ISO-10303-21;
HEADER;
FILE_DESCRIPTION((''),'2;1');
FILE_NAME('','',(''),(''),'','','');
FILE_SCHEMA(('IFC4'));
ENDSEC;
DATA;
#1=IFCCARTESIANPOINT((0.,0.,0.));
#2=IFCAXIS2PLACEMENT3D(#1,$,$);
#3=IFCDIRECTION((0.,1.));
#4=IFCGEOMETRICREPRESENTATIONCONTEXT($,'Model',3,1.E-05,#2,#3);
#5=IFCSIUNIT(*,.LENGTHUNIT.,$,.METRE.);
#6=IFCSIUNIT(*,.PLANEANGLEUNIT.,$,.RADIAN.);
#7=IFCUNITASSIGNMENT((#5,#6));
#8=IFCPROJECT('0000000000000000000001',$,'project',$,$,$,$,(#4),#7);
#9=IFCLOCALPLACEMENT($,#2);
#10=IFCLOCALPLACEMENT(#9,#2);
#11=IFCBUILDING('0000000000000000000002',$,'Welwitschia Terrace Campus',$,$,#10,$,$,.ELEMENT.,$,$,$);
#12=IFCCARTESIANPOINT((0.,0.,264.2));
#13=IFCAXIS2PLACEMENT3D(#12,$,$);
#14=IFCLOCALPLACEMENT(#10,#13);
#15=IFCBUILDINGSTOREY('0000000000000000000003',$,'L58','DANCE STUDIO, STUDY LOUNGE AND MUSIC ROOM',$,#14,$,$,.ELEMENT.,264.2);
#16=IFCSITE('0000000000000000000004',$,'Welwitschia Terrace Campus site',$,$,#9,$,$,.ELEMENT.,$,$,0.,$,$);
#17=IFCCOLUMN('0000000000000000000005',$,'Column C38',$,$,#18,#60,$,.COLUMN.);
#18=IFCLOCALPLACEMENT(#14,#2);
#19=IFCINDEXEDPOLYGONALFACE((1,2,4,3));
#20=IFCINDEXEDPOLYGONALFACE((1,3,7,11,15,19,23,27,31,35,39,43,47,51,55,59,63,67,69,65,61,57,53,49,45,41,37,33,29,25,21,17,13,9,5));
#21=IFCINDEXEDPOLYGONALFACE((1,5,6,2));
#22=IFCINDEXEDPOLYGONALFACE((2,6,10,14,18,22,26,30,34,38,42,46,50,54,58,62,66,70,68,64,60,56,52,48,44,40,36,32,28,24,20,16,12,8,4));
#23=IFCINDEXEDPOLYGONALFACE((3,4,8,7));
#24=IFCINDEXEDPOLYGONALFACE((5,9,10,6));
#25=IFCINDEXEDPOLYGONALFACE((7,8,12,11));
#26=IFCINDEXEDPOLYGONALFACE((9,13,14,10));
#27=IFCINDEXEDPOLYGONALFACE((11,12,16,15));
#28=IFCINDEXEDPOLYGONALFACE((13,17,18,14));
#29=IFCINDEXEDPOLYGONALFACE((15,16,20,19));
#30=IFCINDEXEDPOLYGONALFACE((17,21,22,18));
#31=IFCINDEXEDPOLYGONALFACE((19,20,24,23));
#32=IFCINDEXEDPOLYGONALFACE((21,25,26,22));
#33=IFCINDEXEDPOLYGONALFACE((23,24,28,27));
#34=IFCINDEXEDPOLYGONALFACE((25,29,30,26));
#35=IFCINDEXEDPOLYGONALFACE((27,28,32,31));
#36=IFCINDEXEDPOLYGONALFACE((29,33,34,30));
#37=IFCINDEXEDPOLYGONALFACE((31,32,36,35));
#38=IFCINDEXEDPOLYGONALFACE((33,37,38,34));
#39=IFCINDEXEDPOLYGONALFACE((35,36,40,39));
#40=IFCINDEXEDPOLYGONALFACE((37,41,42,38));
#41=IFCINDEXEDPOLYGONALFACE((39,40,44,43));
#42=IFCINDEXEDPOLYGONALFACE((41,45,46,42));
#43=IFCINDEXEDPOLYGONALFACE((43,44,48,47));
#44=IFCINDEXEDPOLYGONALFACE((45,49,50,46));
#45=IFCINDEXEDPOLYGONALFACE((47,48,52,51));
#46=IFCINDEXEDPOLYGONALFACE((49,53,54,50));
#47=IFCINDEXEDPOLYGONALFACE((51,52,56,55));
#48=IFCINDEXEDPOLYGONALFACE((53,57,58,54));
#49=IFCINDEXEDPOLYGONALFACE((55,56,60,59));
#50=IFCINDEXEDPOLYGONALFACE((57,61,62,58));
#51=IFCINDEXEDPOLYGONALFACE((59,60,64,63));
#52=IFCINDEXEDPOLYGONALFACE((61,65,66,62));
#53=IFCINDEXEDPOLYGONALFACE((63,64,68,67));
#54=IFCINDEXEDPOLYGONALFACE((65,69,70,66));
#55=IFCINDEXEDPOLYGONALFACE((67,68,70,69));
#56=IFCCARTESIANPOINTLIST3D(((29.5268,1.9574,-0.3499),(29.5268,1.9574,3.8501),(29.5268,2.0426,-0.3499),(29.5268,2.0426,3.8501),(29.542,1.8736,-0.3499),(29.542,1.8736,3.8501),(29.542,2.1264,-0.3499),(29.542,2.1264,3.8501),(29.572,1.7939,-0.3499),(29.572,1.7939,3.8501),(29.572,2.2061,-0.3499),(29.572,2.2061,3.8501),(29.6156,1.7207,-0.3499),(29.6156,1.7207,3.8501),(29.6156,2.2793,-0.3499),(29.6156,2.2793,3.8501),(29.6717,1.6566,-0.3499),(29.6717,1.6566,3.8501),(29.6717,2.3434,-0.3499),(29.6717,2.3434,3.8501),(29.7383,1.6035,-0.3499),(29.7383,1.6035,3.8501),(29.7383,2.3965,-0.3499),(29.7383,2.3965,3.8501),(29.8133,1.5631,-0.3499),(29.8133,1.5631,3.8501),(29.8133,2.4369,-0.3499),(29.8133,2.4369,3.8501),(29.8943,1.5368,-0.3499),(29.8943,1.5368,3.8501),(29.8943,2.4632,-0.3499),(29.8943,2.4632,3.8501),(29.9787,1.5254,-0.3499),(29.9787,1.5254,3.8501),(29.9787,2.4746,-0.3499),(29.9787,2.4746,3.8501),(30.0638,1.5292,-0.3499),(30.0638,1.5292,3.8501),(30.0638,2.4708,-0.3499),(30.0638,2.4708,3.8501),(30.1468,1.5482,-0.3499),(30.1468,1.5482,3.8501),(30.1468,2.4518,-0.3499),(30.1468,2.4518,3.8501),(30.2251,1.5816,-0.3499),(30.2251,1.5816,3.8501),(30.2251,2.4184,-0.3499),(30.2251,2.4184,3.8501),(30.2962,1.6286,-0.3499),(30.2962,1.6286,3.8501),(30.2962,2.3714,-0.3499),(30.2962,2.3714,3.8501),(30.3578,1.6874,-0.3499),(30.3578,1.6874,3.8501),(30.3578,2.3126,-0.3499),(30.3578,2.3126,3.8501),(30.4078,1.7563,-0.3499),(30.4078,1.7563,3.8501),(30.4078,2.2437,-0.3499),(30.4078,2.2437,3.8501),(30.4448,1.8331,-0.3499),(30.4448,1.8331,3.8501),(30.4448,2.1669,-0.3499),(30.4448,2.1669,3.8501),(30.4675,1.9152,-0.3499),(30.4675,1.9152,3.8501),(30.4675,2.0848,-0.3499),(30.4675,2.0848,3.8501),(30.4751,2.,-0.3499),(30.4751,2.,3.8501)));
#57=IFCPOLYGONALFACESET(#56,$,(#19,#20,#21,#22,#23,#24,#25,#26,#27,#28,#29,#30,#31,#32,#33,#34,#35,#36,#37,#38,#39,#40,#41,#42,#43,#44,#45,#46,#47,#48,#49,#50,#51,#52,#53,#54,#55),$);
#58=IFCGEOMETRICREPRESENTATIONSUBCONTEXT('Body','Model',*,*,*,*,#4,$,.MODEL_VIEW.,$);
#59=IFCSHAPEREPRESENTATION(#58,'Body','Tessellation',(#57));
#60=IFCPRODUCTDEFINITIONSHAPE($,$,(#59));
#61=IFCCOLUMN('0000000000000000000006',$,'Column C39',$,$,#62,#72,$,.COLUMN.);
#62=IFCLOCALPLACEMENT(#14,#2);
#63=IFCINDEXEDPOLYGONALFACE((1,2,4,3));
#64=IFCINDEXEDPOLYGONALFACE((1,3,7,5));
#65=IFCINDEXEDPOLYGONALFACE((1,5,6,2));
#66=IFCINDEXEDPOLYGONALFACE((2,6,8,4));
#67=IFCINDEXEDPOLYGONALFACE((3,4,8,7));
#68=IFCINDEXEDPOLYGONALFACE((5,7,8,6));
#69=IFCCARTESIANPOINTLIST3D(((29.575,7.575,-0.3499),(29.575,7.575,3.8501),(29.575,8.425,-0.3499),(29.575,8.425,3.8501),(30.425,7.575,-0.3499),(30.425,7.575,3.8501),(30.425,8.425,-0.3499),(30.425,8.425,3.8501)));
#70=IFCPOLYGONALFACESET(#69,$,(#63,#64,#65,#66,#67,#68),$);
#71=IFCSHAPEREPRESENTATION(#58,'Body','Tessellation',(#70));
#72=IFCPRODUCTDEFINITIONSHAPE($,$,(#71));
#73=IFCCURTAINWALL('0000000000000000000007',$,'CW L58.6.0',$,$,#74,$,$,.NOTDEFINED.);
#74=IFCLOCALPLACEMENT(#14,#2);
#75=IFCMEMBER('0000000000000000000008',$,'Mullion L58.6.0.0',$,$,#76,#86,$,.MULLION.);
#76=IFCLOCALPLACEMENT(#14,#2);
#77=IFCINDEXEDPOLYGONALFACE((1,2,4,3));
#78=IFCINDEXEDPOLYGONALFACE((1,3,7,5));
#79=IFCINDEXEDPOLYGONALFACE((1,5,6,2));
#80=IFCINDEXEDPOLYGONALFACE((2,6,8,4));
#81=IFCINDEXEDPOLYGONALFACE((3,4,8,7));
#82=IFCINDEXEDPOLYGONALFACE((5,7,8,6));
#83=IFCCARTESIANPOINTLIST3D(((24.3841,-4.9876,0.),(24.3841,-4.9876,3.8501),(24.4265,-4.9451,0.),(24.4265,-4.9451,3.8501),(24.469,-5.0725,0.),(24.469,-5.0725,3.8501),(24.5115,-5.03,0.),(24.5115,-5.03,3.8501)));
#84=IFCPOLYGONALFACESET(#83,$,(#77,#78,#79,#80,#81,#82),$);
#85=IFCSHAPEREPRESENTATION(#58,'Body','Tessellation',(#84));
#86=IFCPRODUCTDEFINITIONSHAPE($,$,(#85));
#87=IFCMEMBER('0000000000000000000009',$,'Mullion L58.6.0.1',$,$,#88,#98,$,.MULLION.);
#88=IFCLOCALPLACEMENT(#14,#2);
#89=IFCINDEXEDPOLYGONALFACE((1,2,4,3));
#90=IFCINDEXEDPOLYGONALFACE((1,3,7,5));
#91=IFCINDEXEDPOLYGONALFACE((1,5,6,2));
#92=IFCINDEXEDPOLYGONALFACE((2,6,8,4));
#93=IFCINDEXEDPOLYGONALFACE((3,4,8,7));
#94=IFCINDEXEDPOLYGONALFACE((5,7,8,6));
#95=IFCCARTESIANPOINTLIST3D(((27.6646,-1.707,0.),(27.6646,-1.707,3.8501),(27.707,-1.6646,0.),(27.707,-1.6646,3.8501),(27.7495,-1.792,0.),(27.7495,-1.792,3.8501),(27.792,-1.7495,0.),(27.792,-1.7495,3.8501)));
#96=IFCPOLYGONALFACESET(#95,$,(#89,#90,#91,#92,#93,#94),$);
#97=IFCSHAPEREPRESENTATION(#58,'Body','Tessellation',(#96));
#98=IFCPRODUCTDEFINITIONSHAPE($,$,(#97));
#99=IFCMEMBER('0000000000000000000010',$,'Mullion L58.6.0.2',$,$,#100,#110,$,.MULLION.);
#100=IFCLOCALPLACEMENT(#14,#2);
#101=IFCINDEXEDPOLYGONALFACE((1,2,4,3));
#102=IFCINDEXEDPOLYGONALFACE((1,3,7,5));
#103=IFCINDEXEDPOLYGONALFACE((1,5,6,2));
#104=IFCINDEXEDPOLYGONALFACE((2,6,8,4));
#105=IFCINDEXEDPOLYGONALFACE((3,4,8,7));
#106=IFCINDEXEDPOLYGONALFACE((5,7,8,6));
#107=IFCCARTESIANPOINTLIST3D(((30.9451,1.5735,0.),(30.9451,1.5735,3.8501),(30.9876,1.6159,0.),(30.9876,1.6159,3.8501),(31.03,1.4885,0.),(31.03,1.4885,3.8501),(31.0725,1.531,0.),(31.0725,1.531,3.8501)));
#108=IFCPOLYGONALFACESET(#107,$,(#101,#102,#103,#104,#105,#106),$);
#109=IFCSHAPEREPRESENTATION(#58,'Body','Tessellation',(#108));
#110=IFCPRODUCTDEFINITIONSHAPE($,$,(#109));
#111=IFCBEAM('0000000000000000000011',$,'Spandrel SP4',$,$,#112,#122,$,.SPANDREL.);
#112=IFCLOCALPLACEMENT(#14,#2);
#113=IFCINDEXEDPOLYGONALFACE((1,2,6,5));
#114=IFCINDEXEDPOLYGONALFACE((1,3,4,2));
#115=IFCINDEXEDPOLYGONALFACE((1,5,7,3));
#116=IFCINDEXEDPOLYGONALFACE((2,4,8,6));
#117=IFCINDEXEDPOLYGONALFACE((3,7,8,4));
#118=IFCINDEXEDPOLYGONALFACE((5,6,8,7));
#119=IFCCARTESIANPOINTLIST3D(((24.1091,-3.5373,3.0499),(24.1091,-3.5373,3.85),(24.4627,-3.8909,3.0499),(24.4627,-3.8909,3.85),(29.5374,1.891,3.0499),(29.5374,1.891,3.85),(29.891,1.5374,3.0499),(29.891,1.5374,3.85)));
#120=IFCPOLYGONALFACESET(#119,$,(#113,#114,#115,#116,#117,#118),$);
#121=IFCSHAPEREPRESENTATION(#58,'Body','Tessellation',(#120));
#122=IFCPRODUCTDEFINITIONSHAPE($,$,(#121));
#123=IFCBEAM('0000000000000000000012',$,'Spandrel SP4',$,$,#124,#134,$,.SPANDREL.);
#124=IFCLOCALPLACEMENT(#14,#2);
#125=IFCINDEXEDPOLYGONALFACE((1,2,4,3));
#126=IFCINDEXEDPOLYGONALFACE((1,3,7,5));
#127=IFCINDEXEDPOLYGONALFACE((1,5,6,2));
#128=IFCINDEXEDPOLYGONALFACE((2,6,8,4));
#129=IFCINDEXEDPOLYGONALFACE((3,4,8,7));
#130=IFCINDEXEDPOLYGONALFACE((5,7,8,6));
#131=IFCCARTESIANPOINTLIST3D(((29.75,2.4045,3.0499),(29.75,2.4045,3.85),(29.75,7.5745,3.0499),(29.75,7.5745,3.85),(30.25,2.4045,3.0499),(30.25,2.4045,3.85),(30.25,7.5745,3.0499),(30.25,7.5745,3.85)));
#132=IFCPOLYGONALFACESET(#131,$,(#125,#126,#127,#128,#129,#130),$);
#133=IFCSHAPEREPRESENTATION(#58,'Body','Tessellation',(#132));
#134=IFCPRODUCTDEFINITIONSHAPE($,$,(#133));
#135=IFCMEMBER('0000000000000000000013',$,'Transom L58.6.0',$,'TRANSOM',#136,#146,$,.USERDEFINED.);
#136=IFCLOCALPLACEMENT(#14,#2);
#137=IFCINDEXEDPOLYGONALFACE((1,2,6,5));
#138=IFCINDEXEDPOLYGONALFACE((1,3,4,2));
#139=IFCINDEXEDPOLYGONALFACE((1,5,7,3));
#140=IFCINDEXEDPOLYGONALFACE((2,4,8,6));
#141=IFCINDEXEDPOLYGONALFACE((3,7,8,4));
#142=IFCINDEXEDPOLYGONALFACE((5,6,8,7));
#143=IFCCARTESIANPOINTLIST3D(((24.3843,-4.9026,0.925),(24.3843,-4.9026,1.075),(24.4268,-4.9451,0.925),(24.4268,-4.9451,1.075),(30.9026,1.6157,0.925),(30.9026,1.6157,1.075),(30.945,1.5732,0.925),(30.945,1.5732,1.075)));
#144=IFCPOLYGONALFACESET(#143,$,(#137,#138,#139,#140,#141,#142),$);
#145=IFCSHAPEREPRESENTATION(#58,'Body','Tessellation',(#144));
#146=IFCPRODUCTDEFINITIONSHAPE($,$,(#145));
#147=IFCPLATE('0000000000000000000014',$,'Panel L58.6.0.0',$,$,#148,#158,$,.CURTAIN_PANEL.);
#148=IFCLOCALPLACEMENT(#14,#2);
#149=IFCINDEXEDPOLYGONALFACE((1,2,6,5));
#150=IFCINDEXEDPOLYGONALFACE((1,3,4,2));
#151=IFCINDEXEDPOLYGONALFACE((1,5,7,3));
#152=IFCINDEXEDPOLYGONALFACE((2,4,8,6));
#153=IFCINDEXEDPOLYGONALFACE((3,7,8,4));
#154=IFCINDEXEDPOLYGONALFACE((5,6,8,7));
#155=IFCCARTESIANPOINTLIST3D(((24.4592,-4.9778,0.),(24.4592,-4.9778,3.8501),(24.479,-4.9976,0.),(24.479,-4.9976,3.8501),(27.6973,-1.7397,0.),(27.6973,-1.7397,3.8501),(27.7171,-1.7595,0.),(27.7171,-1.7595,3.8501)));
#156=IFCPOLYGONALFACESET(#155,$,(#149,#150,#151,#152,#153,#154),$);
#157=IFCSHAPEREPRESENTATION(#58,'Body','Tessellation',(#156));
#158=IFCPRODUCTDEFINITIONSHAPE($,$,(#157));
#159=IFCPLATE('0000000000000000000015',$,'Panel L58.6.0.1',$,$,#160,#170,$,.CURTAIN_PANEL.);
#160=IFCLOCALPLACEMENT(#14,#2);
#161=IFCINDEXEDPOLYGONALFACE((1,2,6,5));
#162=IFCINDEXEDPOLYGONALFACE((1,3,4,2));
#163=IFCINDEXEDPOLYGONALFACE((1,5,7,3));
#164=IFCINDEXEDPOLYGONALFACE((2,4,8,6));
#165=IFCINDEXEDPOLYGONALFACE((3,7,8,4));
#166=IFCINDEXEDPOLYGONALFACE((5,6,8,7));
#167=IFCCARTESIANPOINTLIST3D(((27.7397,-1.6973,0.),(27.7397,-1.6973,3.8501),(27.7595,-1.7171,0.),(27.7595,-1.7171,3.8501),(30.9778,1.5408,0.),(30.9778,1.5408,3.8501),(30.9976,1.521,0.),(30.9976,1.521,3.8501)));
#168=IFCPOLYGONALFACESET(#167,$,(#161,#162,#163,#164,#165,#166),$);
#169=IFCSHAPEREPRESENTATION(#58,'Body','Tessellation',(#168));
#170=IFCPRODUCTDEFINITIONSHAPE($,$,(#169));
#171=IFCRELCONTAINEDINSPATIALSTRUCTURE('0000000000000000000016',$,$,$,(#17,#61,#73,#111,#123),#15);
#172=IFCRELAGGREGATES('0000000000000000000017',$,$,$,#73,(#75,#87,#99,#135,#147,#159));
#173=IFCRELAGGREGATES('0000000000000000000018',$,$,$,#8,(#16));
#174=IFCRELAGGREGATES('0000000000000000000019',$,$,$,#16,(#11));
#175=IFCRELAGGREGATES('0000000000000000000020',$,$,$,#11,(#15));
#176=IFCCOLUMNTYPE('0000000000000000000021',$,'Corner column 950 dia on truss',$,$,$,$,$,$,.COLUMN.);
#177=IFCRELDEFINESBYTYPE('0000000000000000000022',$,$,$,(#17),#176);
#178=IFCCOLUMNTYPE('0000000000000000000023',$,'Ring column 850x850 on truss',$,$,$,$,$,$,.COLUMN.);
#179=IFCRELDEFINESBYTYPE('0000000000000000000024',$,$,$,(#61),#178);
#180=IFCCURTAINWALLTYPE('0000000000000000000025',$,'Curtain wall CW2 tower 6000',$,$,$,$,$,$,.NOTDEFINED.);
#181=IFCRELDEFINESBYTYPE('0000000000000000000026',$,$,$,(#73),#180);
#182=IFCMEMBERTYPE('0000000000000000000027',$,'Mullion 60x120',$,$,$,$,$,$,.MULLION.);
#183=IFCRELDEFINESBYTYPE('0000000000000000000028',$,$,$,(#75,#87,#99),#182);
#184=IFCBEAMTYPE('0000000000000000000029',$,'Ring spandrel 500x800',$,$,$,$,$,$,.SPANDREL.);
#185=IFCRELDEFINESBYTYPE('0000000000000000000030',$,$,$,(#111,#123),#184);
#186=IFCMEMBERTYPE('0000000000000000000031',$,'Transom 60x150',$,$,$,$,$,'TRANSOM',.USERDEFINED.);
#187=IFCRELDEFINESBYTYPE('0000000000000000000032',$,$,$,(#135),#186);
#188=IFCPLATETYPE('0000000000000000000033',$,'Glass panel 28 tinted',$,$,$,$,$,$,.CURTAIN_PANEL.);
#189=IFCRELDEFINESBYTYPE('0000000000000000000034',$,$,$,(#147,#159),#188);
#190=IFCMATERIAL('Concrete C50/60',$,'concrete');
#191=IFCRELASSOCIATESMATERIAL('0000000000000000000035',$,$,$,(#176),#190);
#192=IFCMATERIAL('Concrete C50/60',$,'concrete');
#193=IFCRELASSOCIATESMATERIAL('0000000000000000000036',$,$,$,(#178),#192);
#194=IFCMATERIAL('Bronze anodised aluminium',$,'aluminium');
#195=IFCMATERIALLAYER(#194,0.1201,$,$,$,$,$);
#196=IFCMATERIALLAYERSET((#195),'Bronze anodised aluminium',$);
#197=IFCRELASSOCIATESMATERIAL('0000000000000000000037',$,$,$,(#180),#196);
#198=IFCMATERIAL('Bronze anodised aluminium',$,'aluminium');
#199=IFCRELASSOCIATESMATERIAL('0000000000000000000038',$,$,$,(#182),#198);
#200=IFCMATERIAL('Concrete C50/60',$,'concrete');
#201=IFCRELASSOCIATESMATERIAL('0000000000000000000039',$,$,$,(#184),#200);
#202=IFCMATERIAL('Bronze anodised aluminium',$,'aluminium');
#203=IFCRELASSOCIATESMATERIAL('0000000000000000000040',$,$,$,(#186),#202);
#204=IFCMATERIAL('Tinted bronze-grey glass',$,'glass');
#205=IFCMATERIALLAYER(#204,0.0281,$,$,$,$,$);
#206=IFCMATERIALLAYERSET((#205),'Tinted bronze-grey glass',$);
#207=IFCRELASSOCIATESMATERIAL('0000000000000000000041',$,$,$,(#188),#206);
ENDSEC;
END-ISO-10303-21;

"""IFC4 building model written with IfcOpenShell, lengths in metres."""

from ifc_helpers import new_model, si_unit, direction, frame, origin, origin_2d, place, context, subcontext, project, spatial, rectangle, circle, extrude, material, layer, layer_set, material_profile, profile_set, type_object, element, aggregate, save


model = new_model("IFC4")

# Units and contexts
model_context = context("Model", 3, precision=1e-05, world=origin(), true_north=direction((0.0, 1.0)))
body_context = subcontext(model_context, "Body", "Model", "MODEL_VIEW")
ifc_project = project(units=[si_unit("LENGTHUNIT", "METRE"), si_unit("PLANEANGLEUNIT", "RADIAN")], contexts=[model_context])

# Site, building, storey
site_placement = place(None, origin())
site = spatial("IfcSite", under=ifc_project, at=site_placement, Name="Welwitschia Terrace Campus site", CompositionType="ELEMENT", RefElevation=0.0)
building_placement = place(site_placement, origin())
building = spatial("IfcBuilding", under=site, at=building_placement, Name="Welwitschia Terrace Campus", CompositionType="ELEMENT")
storey_placement = place(building_placement, frame((0.0, 0.0, 264.2)))
storey = spatial("IfcBuildingStorey", under=building, at=storey_placement, Name="L58", Description="DANCE STUDIO, STUDY LOUNGE AND MUSIC ROOM", CompositionType="ELEMENT", Elevation=264.2)

# Columns
ifc_material_1 = material(Name="Concrete C50/60", Category="concrete")
ifc_material_profile_1 = material_profile(ifc_material_1, circle(Radius=0.4751, at=origin_2d()))
ifc_profile_set_1 = profile_set([ifc_material_profile_1], Name="Concrete C50/60")
column_type_1 = type_object("IfcColumnType", Name="Corner column 950 dia on truss", PredefinedType="COLUMN", material=ifc_profile_set_1)
column_1_placement = place(storey_placement, frame((30.0, 2.0, -0.3499), z_axis=(0.0, 0.0, 1.0), x_axis=(1.0, 0.0, 0.0)))
element("IfcColumn", 1, at=column_1_placement, inside=storey, type_object=column_type_1, Name="Column C38", PredefinedType="COLUMN", context=body_context, shape_type="SweptSolid", body=[
    extrude(circle(Radius=0.4751, at=origin_2d()), origin(), (0.0, 0.0, 1.0), 4.2),
])
ifc_material_2 = material(Name="Concrete C50/60", Category="concrete")
ifc_material_profile_2 = material_profile(ifc_material_2, rectangle(XDim=0.8501, YDim=0.8501, at=origin_2d()))
ifc_profile_set_2 = profile_set([ifc_material_profile_2], Name="Concrete C50/60")
column_type_2 = type_object("IfcColumnType", Name="Ring column 850x850 on truss", PredefinedType="COLUMN", material=ifc_profile_set_2)
column_2_placement = place(storey_placement, frame((30.0, 8.0, -0.3499), z_axis=(0.0, 0.0, 1.0), x_axis=(1.0, 0.0, 0.0)))
element("IfcColumn", 2, at=column_2_placement, inside=storey, type_object=column_type_2, Name="Column C39", PredefinedType="COLUMN", context=body_context, shape_type="SweptSolid", body=[
    extrude(rectangle(XDim=0.8501, YDim=0.8501, at=origin_2d()), origin(), (0.0, 0.0, 1.0), 4.2),
])

# Curtain wall, members
ifc_material_3 = material(Name="Bronze anodised aluminium", Category="aluminium")
ifc_layer_1 = layer(ifc_material_3, 0.1201)
ifc_layer_set_1 = layer_set([ifc_layer_1], Name="Bronze anodised aluminium")
curtain_wall_type = type_object("IfcCurtainWallType", Name="Curtain wall CW2 tower 6000", PredefinedType="NOTDEFINED", material=ifc_layer_set_1)
curtain_wall_placement = place(storey_placement, origin())
curtain_wall = element("IfcCurtainWall", 3, at=curtain_wall_placement, inside=storey, type_object=curtain_wall_type, Name="CW L58.6.0", PredefinedType="NOTDEFINED")
ifc_material_4 = material(Name="Bronze anodised aluminium", Category="aluminium")
ifc_material_profile_3 = material_profile(ifc_material_4, rectangle(XDim=0.1201, YDim=0.0601, at=origin_2d()))
ifc_profile_set_3 = profile_set([ifc_material_profile_3], Name="Bronze anodised aluminium")
member_type_1 = type_object("IfcMemberType", Name="Mullion 60x120", PredefinedType="MULLION", material=ifc_profile_set_3)
member_1_placement = place(storey_placement, frame((24.4478, -5.0088, 0.0), z_axis=(0.0, 0.0, 1.0), x_axis=(-0.707107, 0.707107, 0.0)))
member_1 = element("IfcMember", 4, at=member_1_placement, type_object=member_type_1, Name="Mullion L58.6.0.0", PredefinedType="MULLION", context=body_context, shape_type="SweptSolid", body=[
    extrude(rectangle(XDim=0.1201, YDim=0.0601, at=origin_2d()), origin(), (0.0, 0.0, 1.0), 3.8501),
])
member_2_placement = place(storey_placement, frame((27.7283, -1.7283, 0.0), z_axis=(0.0, 0.0, 1.0), x_axis=(-0.707107, 0.707107, 0.0)))
member_2 = element("IfcMember", 5, at=member_2_placement, type_object=member_type_1, Name="Mullion L58.6.0.1", PredefinedType="MULLION", context=body_context, shape_type="SweptSolid", body=[
    extrude(rectangle(XDim=0.1201, YDim=0.0601, at=origin_2d()), origin(), (0.0, 0.0, 1.0), 3.8501),
])
member_3_placement = place(storey_placement, frame((31.0088, 1.5522, 0.0), z_axis=(0.0, 0.0, 1.0), x_axis=(-0.707107, 0.707107, 0.0)))
member_3 = element("IfcMember", 6, at=member_3_placement, type_object=member_type_1, Name="Mullion L58.6.0.2", PredefinedType="MULLION", context=body_context, shape_type="SweptSolid", body=[
    extrude(rectangle(XDim=0.1201, YDim=0.0601, at=origin_2d()), origin(), (0.0, 0.0, 1.0), 3.8501),
])

# Beams
ifc_material_5 = material(Name="Concrete C50/60", Category="concrete")
ifc_material_profile_4 = material_profile(ifc_material_5, rectangle(XDim=0.5, YDim=0.8, at=origin_2d()))
ifc_profile_set_4 = profile_set([ifc_material_profile_4], Name="Concrete C50/60")
beam_type = type_object("IfcBeamType", Name="Ring spandrel 500x800", PredefinedType="SPANDREL", material=ifc_profile_set_4)
beam_1_placement = place(storey_placement, frame((24.2859, -3.7141, 3.45), z_axis=(0.707107, 0.707107, 0.0), x_axis=(-0.707107, 0.707107, 0.0)))
element("IfcBeam", 7, at=beam_1_placement, inside=storey, type_object=beam_type, Name="Spandrel SP4", PredefinedType="SPANDREL", context=body_context, shape_type="SweptSolid", body=[
    extrude(rectangle(XDim=0.5, YDim=0.8, at=origin_2d()), origin(), (0.0, 0.0, 1.0), 7.6768),
])
beam_2_placement = place(storey_placement, frame((30.0, 2.4045, 3.45), z_axis=(0.0, 1.0, 0.0), x_axis=(-1.0, 0.0, 0.0)))
element("IfcBeam", 8, at=beam_2_placement, inside=storey, type_object=beam_type, Name="Spandrel SP4", PredefinedType="SPANDREL", context=body_context, shape_type="SweptSolid", body=[
    extrude(rectangle(XDim=0.5, YDim=0.8, at=origin_2d()), origin(), (0.0, 0.0, 1.0), 5.1699),
])

# Member
ifc_material_6 = material(Name="Bronze anodised aluminium", Category="aluminium")
ifc_material_profile_5 = material_profile(ifc_material_6, rectangle(XDim=0.0601, YDim=0.1499, at=origin_2d()))
ifc_profile_set_5 = profile_set([ifc_material_profile_5], Name="Bronze anodised aluminium")
member_type_2 = type_object("IfcMemberType", Name="Transom 60x150", ElementType="TRANSOM", PredefinedType="USERDEFINED", material=ifc_profile_set_5)
member_4_placement = place(storey_placement, frame((24.4055, -4.9238, 1.0), z_axis=(0.707107, 0.707107, 0.0), x_axis=(-0.707107, 0.707107, 0.0)))
member_4 = element("IfcMember", 9, at=member_4_placement, type_object=member_type_2, Name="Transom L58.6.0", ObjectType="TRANSOM", PredefinedType="USERDEFINED", context=body_context, shape_type="SweptSolid", body=[
    extrude(rectangle(XDim=0.0601, YDim=0.1499, at=origin_2d()), origin(), (0.0, 0.0, 1.0), 9.2183),
])

# Plates
ifc_material_7 = material(Name="Tinted bronze-grey glass", Category="glass")
ifc_layer_2 = layer(ifc_material_7, 0.0281)
ifc_layer_set_2 = layer_set([ifc_layer_2], Name="Tinted bronze-grey glass")
plate_type = type_object("IfcPlateType", Name="Glass panel 28 tinted", PredefinedType="CURTAIN_PANEL", material=ifc_layer_set_2)
plate_1_placement = place(storey_placement, frame((26.0881, -3.3687, 0.0), z_axis=(0.0, 0.0, 1.0), x_axis=(0.707107, 0.707107, 0.0)))
plate_1 = element("IfcPlate", 10, at=plate_1_placement, type_object=plate_type, Name="Panel L58.6.0.0", PredefinedType="CURTAIN_PANEL", context=body_context, shape_type="SweptSolid", body=[
    extrude(rectangle(XDim=4.5793, YDim=0.0281, at=origin_2d()), origin(), (0.0, 0.0, 1.0), 3.8501),
])
plate_2_placement = place(storey_placement, frame((29.3687, -0.0881, 0.0), z_axis=(0.0, 0.0, 1.0), x_axis=(0.707107, 0.707107, 0.0)))
plate_2 = element("IfcPlate", 11, at=plate_2_placement, type_object=plate_type, Name="Panel L58.6.0.1", PredefinedType="CURTAIN_PANEL", context=body_context, shape_type="SweptSolid", body=[
    extrude(rectangle(XDim=4.5793, YDim=0.0281, at=origin_2d()), origin(), (0.0, 0.0, 1.0), 3.8501),
])
aggregate(curtain_wall, [member_1, member_2, member_3, member_4, plate_1, plate_2])

save(model, "model.ifc")
